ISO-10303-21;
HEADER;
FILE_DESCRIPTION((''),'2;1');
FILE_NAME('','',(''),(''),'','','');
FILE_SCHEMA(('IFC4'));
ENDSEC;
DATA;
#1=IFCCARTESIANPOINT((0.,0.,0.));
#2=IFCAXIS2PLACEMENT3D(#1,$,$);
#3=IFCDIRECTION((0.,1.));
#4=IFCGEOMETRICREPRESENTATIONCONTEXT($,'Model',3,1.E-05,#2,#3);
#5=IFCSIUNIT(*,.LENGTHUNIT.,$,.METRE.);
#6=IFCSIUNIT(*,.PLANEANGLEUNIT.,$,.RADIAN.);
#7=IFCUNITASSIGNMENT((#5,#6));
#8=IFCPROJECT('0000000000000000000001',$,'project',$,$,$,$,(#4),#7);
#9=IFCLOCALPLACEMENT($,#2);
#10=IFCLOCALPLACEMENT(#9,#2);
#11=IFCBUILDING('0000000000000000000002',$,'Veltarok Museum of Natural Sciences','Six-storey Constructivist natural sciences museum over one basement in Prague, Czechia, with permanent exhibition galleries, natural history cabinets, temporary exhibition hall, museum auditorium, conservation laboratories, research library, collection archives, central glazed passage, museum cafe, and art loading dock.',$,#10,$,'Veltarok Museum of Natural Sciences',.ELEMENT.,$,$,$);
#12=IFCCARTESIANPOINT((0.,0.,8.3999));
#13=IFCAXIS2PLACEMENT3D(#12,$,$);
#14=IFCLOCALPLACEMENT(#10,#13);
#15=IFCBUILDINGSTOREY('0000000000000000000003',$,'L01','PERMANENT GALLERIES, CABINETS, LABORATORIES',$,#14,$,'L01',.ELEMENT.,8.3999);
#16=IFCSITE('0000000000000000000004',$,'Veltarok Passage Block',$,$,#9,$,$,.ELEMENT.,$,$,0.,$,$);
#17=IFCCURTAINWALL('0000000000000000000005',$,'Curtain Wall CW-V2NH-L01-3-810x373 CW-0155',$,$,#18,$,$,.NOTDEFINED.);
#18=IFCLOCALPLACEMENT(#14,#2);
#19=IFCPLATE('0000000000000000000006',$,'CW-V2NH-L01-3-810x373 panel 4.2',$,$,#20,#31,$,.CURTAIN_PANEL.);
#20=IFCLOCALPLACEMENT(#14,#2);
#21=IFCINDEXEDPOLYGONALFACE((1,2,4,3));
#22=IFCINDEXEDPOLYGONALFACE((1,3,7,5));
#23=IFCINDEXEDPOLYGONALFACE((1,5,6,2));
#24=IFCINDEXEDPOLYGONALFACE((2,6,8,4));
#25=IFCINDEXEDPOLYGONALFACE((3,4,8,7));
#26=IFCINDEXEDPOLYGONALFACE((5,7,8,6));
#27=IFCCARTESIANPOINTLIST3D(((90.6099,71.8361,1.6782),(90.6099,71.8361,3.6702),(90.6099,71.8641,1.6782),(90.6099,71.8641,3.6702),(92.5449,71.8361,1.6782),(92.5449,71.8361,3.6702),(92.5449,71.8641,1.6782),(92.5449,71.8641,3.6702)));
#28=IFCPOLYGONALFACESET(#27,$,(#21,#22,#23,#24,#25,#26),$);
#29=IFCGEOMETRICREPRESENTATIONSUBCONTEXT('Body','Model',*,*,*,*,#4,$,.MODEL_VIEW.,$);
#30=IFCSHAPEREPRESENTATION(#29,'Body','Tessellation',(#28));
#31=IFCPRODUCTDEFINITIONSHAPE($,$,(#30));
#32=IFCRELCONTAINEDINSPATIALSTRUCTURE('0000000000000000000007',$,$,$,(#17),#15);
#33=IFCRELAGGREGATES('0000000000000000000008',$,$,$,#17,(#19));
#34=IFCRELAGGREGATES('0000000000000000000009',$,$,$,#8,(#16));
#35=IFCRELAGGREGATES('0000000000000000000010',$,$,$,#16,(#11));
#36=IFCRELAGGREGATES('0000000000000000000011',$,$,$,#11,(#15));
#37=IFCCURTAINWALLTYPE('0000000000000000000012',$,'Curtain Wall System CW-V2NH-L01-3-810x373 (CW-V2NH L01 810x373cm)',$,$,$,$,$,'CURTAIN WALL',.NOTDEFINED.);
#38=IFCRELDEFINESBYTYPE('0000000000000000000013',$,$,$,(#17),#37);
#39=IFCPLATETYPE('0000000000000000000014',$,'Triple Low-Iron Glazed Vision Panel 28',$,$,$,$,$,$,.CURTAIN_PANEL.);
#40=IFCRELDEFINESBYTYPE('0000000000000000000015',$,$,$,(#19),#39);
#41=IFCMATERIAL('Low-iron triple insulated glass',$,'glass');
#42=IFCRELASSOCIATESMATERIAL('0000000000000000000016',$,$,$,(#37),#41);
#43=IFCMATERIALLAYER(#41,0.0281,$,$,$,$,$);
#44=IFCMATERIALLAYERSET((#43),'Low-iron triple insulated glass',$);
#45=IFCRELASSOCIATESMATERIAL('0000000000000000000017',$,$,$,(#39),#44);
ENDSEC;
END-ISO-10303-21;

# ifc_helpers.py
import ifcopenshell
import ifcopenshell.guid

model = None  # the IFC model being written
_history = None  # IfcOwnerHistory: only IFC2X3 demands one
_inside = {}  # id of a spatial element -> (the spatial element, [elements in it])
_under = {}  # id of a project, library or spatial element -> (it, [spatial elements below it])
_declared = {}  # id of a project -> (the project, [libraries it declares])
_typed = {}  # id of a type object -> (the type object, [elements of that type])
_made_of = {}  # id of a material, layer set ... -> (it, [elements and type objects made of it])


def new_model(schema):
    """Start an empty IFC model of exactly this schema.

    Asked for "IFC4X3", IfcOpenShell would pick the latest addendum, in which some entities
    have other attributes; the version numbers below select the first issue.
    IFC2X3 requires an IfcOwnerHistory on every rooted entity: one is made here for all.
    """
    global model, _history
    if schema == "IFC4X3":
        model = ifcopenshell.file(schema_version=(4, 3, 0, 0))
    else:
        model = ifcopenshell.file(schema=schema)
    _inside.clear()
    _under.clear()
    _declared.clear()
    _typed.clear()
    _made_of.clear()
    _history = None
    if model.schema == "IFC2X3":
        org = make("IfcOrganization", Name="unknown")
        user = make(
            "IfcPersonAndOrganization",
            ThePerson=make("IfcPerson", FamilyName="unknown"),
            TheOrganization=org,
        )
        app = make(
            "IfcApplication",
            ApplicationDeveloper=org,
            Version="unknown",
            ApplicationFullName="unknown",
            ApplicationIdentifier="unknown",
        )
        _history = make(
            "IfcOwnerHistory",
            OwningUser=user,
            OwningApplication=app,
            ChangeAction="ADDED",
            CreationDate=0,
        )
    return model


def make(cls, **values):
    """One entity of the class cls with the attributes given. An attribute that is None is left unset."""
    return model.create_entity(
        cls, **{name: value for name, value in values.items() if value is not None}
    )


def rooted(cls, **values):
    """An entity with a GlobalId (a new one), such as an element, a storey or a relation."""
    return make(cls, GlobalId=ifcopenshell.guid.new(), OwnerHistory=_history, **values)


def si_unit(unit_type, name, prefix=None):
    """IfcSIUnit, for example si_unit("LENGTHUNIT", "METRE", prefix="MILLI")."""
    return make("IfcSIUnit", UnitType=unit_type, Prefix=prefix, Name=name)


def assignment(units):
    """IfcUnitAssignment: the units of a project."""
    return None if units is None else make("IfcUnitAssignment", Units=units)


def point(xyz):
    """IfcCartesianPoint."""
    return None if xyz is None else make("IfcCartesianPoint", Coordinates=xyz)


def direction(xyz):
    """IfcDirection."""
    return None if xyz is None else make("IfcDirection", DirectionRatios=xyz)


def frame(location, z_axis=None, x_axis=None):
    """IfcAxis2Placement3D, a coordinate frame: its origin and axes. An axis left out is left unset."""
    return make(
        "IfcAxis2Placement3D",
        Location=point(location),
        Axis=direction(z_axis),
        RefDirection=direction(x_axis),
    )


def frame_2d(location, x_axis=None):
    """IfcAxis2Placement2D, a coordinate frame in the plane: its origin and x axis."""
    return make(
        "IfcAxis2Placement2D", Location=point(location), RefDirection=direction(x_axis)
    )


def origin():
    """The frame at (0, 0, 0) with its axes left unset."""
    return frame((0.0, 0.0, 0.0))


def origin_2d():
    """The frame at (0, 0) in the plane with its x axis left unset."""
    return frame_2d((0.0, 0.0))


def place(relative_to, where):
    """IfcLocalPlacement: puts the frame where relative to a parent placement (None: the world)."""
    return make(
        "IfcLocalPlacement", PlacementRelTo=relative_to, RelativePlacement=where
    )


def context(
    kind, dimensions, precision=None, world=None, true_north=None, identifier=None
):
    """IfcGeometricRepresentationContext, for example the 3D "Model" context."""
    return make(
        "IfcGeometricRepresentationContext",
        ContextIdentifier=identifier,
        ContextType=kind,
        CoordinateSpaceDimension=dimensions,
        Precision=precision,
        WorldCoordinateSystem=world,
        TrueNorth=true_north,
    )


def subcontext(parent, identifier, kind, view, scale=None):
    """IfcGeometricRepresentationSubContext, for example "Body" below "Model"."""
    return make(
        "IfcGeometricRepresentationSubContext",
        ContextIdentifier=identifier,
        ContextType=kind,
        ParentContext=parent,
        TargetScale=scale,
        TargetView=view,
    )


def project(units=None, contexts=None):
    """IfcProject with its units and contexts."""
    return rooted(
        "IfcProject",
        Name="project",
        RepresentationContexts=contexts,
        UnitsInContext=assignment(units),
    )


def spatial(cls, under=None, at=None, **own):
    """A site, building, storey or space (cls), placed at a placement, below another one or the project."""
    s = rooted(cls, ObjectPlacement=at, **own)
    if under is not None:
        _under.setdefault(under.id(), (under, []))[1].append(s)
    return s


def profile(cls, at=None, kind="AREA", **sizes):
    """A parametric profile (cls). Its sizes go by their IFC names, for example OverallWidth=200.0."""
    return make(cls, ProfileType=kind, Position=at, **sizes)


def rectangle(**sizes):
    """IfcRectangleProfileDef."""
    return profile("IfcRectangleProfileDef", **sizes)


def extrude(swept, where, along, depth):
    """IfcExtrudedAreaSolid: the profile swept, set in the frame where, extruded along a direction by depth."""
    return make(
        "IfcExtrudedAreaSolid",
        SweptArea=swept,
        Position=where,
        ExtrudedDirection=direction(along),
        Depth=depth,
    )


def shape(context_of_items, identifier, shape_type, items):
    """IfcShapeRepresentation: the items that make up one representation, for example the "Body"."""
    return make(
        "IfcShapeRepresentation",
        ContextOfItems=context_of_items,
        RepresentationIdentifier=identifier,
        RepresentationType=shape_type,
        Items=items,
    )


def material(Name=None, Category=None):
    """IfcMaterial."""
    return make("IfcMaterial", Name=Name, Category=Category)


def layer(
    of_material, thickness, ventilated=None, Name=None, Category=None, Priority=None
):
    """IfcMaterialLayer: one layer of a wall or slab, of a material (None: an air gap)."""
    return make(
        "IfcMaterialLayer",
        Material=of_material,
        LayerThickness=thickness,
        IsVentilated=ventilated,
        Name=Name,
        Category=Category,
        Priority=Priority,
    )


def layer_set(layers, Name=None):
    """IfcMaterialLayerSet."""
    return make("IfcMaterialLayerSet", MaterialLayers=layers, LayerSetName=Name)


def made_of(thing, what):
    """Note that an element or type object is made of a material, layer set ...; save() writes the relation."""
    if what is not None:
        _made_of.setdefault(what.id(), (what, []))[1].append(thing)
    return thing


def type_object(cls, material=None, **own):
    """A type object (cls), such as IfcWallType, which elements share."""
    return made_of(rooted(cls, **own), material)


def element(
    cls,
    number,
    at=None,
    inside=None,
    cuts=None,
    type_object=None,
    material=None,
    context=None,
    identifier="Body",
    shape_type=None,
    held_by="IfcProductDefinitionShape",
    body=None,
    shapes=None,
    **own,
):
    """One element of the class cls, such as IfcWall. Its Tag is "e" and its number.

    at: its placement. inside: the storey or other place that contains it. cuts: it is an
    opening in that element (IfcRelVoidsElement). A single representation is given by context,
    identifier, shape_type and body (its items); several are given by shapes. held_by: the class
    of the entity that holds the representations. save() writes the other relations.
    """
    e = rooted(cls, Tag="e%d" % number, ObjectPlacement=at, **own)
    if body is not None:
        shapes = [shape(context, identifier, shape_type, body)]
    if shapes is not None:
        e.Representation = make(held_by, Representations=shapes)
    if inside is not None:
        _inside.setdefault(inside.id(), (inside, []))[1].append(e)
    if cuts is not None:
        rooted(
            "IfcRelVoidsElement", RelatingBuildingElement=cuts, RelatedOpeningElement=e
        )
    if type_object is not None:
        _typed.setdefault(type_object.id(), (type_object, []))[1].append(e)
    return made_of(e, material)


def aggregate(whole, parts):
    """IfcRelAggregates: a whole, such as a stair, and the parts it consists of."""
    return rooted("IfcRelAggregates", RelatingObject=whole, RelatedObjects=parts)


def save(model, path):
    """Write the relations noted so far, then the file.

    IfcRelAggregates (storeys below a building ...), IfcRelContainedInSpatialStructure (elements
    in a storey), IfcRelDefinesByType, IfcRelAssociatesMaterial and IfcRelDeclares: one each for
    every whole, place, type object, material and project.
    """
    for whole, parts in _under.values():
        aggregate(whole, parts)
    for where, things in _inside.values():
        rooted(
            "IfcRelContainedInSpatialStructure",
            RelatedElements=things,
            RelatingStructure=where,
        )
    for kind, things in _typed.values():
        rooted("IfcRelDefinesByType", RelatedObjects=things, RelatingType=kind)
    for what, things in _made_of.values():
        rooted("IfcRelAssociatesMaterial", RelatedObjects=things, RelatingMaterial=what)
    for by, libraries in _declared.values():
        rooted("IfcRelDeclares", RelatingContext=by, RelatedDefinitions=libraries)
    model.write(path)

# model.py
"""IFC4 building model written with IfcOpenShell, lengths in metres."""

from ifc_helpers import new_model, si_unit, direction, frame, origin, origin_2d, place, context, subcontext, project, spatial, rectangle, extrude, material, layer, layer_set, type_object, element, aggregate, save


model = new_model("IFC4")

# Units and contexts
model_context = context("Model", 3, precision=1e-05, world=origin(), true_north=direction((0.0, 1.0)))
body_context = subcontext(model_context, "Body", "Model", "MODEL_VIEW")
ifc_project = project(units=[si_unit("LENGTHUNIT", "METRE"), si_unit("PLANEANGLEUNIT", "RADIAN")], contexts=[model_context])

# Site, building, storey
site_placement = place(None, origin())
site = spatial("IfcSite", under=ifc_project, at=site_placement, Name="Veltarok Passage Block", CompositionType="ELEMENT", RefElevation=0.0)
building_placement = place(site_placement, origin())
building = spatial("IfcBuilding", under=site, at=building_placement, Name="Veltarok Museum of Natural Sciences", Description="Six-storey Constructivist natural sciences museum over one basement in Prague, Czechia, with permanent exhibition galleries, natural history cabinets, temporary exhibition hall, museum auditorium, conservation laboratories, research library, collection archives, central glazed passage, museum cafe, and art loading dock.", LongName="Veltarok Museum of Natural Sciences", CompositionType="ELEMENT")
storey_placement = place(building_placement, frame((0.0, 0.0, 8.3999)))
storey = spatial("IfcBuildingStorey", under=building, at=storey_placement, Name="L01", Description="PERMANENT GALLERIES, CABINETS, LABORATORIES", LongName="L01", CompositionType="ELEMENT", Elevation=8.3999)

# Curtain wall
ifc_material_1 = material(Name="Low-iron triple insulated glass", Category="glass")
curtain_wall_type_1 = type_object("IfcCurtainWallType", Name="Curtain Wall System CW-V2NH-L01-3-810x373 (CW-V2NH L01 810x373cm)", ElementType="CURTAIN WALL", PredefinedType="NOTDEFINED", material=ifc_material_1)
curtain_wall_1_placement = place(storey_placement, origin())
curtain_wall_1 = element("IfcCurtainWall", 1, at=curtain_wall_1_placement, inside=storey, type_object=curtain_wall_type_1, Name="Curtain Wall CW-V2NH-L01-3-810x373 CW-0155", PredefinedType="NOTDEFINED")

# Plate
ifc_layer = layer(ifc_material_1, 0.0281)
ifc_layer_set = layer_set([ifc_layer], Name="Low-iron triple insulated glass")
plate_type = type_object("IfcPlateType", Name="Triple Low-Iron Glazed Vision Panel 28", PredefinedType="CURTAIN_PANEL", material=ifc_layer_set)
plate_1_placement = place(storey_placement, frame((91.5774, 71.8501, 1.6782), z_axis=(0.0, 0.0, 1.0), x_axis=(-1.0, 0.0, 0.0)))
plate_1 = element("IfcPlate", 2, at=plate_1_placement, type_object=plate_type, Name="CW-V2NH-L01-3-810x373 panel 4.2", PredefinedType="CURTAIN_PANEL", context=body_context, shape_type="SweptSolid", body=[
    extrude(rectangle(XDim=1.9351, YDim=0.0281, at=origin_2d()), origin(), (0.0, 0.0, 1.0), 1.9919),
])
aggregate(curtain_wall_1, [plate_1])

save(model, "model.ifc")
